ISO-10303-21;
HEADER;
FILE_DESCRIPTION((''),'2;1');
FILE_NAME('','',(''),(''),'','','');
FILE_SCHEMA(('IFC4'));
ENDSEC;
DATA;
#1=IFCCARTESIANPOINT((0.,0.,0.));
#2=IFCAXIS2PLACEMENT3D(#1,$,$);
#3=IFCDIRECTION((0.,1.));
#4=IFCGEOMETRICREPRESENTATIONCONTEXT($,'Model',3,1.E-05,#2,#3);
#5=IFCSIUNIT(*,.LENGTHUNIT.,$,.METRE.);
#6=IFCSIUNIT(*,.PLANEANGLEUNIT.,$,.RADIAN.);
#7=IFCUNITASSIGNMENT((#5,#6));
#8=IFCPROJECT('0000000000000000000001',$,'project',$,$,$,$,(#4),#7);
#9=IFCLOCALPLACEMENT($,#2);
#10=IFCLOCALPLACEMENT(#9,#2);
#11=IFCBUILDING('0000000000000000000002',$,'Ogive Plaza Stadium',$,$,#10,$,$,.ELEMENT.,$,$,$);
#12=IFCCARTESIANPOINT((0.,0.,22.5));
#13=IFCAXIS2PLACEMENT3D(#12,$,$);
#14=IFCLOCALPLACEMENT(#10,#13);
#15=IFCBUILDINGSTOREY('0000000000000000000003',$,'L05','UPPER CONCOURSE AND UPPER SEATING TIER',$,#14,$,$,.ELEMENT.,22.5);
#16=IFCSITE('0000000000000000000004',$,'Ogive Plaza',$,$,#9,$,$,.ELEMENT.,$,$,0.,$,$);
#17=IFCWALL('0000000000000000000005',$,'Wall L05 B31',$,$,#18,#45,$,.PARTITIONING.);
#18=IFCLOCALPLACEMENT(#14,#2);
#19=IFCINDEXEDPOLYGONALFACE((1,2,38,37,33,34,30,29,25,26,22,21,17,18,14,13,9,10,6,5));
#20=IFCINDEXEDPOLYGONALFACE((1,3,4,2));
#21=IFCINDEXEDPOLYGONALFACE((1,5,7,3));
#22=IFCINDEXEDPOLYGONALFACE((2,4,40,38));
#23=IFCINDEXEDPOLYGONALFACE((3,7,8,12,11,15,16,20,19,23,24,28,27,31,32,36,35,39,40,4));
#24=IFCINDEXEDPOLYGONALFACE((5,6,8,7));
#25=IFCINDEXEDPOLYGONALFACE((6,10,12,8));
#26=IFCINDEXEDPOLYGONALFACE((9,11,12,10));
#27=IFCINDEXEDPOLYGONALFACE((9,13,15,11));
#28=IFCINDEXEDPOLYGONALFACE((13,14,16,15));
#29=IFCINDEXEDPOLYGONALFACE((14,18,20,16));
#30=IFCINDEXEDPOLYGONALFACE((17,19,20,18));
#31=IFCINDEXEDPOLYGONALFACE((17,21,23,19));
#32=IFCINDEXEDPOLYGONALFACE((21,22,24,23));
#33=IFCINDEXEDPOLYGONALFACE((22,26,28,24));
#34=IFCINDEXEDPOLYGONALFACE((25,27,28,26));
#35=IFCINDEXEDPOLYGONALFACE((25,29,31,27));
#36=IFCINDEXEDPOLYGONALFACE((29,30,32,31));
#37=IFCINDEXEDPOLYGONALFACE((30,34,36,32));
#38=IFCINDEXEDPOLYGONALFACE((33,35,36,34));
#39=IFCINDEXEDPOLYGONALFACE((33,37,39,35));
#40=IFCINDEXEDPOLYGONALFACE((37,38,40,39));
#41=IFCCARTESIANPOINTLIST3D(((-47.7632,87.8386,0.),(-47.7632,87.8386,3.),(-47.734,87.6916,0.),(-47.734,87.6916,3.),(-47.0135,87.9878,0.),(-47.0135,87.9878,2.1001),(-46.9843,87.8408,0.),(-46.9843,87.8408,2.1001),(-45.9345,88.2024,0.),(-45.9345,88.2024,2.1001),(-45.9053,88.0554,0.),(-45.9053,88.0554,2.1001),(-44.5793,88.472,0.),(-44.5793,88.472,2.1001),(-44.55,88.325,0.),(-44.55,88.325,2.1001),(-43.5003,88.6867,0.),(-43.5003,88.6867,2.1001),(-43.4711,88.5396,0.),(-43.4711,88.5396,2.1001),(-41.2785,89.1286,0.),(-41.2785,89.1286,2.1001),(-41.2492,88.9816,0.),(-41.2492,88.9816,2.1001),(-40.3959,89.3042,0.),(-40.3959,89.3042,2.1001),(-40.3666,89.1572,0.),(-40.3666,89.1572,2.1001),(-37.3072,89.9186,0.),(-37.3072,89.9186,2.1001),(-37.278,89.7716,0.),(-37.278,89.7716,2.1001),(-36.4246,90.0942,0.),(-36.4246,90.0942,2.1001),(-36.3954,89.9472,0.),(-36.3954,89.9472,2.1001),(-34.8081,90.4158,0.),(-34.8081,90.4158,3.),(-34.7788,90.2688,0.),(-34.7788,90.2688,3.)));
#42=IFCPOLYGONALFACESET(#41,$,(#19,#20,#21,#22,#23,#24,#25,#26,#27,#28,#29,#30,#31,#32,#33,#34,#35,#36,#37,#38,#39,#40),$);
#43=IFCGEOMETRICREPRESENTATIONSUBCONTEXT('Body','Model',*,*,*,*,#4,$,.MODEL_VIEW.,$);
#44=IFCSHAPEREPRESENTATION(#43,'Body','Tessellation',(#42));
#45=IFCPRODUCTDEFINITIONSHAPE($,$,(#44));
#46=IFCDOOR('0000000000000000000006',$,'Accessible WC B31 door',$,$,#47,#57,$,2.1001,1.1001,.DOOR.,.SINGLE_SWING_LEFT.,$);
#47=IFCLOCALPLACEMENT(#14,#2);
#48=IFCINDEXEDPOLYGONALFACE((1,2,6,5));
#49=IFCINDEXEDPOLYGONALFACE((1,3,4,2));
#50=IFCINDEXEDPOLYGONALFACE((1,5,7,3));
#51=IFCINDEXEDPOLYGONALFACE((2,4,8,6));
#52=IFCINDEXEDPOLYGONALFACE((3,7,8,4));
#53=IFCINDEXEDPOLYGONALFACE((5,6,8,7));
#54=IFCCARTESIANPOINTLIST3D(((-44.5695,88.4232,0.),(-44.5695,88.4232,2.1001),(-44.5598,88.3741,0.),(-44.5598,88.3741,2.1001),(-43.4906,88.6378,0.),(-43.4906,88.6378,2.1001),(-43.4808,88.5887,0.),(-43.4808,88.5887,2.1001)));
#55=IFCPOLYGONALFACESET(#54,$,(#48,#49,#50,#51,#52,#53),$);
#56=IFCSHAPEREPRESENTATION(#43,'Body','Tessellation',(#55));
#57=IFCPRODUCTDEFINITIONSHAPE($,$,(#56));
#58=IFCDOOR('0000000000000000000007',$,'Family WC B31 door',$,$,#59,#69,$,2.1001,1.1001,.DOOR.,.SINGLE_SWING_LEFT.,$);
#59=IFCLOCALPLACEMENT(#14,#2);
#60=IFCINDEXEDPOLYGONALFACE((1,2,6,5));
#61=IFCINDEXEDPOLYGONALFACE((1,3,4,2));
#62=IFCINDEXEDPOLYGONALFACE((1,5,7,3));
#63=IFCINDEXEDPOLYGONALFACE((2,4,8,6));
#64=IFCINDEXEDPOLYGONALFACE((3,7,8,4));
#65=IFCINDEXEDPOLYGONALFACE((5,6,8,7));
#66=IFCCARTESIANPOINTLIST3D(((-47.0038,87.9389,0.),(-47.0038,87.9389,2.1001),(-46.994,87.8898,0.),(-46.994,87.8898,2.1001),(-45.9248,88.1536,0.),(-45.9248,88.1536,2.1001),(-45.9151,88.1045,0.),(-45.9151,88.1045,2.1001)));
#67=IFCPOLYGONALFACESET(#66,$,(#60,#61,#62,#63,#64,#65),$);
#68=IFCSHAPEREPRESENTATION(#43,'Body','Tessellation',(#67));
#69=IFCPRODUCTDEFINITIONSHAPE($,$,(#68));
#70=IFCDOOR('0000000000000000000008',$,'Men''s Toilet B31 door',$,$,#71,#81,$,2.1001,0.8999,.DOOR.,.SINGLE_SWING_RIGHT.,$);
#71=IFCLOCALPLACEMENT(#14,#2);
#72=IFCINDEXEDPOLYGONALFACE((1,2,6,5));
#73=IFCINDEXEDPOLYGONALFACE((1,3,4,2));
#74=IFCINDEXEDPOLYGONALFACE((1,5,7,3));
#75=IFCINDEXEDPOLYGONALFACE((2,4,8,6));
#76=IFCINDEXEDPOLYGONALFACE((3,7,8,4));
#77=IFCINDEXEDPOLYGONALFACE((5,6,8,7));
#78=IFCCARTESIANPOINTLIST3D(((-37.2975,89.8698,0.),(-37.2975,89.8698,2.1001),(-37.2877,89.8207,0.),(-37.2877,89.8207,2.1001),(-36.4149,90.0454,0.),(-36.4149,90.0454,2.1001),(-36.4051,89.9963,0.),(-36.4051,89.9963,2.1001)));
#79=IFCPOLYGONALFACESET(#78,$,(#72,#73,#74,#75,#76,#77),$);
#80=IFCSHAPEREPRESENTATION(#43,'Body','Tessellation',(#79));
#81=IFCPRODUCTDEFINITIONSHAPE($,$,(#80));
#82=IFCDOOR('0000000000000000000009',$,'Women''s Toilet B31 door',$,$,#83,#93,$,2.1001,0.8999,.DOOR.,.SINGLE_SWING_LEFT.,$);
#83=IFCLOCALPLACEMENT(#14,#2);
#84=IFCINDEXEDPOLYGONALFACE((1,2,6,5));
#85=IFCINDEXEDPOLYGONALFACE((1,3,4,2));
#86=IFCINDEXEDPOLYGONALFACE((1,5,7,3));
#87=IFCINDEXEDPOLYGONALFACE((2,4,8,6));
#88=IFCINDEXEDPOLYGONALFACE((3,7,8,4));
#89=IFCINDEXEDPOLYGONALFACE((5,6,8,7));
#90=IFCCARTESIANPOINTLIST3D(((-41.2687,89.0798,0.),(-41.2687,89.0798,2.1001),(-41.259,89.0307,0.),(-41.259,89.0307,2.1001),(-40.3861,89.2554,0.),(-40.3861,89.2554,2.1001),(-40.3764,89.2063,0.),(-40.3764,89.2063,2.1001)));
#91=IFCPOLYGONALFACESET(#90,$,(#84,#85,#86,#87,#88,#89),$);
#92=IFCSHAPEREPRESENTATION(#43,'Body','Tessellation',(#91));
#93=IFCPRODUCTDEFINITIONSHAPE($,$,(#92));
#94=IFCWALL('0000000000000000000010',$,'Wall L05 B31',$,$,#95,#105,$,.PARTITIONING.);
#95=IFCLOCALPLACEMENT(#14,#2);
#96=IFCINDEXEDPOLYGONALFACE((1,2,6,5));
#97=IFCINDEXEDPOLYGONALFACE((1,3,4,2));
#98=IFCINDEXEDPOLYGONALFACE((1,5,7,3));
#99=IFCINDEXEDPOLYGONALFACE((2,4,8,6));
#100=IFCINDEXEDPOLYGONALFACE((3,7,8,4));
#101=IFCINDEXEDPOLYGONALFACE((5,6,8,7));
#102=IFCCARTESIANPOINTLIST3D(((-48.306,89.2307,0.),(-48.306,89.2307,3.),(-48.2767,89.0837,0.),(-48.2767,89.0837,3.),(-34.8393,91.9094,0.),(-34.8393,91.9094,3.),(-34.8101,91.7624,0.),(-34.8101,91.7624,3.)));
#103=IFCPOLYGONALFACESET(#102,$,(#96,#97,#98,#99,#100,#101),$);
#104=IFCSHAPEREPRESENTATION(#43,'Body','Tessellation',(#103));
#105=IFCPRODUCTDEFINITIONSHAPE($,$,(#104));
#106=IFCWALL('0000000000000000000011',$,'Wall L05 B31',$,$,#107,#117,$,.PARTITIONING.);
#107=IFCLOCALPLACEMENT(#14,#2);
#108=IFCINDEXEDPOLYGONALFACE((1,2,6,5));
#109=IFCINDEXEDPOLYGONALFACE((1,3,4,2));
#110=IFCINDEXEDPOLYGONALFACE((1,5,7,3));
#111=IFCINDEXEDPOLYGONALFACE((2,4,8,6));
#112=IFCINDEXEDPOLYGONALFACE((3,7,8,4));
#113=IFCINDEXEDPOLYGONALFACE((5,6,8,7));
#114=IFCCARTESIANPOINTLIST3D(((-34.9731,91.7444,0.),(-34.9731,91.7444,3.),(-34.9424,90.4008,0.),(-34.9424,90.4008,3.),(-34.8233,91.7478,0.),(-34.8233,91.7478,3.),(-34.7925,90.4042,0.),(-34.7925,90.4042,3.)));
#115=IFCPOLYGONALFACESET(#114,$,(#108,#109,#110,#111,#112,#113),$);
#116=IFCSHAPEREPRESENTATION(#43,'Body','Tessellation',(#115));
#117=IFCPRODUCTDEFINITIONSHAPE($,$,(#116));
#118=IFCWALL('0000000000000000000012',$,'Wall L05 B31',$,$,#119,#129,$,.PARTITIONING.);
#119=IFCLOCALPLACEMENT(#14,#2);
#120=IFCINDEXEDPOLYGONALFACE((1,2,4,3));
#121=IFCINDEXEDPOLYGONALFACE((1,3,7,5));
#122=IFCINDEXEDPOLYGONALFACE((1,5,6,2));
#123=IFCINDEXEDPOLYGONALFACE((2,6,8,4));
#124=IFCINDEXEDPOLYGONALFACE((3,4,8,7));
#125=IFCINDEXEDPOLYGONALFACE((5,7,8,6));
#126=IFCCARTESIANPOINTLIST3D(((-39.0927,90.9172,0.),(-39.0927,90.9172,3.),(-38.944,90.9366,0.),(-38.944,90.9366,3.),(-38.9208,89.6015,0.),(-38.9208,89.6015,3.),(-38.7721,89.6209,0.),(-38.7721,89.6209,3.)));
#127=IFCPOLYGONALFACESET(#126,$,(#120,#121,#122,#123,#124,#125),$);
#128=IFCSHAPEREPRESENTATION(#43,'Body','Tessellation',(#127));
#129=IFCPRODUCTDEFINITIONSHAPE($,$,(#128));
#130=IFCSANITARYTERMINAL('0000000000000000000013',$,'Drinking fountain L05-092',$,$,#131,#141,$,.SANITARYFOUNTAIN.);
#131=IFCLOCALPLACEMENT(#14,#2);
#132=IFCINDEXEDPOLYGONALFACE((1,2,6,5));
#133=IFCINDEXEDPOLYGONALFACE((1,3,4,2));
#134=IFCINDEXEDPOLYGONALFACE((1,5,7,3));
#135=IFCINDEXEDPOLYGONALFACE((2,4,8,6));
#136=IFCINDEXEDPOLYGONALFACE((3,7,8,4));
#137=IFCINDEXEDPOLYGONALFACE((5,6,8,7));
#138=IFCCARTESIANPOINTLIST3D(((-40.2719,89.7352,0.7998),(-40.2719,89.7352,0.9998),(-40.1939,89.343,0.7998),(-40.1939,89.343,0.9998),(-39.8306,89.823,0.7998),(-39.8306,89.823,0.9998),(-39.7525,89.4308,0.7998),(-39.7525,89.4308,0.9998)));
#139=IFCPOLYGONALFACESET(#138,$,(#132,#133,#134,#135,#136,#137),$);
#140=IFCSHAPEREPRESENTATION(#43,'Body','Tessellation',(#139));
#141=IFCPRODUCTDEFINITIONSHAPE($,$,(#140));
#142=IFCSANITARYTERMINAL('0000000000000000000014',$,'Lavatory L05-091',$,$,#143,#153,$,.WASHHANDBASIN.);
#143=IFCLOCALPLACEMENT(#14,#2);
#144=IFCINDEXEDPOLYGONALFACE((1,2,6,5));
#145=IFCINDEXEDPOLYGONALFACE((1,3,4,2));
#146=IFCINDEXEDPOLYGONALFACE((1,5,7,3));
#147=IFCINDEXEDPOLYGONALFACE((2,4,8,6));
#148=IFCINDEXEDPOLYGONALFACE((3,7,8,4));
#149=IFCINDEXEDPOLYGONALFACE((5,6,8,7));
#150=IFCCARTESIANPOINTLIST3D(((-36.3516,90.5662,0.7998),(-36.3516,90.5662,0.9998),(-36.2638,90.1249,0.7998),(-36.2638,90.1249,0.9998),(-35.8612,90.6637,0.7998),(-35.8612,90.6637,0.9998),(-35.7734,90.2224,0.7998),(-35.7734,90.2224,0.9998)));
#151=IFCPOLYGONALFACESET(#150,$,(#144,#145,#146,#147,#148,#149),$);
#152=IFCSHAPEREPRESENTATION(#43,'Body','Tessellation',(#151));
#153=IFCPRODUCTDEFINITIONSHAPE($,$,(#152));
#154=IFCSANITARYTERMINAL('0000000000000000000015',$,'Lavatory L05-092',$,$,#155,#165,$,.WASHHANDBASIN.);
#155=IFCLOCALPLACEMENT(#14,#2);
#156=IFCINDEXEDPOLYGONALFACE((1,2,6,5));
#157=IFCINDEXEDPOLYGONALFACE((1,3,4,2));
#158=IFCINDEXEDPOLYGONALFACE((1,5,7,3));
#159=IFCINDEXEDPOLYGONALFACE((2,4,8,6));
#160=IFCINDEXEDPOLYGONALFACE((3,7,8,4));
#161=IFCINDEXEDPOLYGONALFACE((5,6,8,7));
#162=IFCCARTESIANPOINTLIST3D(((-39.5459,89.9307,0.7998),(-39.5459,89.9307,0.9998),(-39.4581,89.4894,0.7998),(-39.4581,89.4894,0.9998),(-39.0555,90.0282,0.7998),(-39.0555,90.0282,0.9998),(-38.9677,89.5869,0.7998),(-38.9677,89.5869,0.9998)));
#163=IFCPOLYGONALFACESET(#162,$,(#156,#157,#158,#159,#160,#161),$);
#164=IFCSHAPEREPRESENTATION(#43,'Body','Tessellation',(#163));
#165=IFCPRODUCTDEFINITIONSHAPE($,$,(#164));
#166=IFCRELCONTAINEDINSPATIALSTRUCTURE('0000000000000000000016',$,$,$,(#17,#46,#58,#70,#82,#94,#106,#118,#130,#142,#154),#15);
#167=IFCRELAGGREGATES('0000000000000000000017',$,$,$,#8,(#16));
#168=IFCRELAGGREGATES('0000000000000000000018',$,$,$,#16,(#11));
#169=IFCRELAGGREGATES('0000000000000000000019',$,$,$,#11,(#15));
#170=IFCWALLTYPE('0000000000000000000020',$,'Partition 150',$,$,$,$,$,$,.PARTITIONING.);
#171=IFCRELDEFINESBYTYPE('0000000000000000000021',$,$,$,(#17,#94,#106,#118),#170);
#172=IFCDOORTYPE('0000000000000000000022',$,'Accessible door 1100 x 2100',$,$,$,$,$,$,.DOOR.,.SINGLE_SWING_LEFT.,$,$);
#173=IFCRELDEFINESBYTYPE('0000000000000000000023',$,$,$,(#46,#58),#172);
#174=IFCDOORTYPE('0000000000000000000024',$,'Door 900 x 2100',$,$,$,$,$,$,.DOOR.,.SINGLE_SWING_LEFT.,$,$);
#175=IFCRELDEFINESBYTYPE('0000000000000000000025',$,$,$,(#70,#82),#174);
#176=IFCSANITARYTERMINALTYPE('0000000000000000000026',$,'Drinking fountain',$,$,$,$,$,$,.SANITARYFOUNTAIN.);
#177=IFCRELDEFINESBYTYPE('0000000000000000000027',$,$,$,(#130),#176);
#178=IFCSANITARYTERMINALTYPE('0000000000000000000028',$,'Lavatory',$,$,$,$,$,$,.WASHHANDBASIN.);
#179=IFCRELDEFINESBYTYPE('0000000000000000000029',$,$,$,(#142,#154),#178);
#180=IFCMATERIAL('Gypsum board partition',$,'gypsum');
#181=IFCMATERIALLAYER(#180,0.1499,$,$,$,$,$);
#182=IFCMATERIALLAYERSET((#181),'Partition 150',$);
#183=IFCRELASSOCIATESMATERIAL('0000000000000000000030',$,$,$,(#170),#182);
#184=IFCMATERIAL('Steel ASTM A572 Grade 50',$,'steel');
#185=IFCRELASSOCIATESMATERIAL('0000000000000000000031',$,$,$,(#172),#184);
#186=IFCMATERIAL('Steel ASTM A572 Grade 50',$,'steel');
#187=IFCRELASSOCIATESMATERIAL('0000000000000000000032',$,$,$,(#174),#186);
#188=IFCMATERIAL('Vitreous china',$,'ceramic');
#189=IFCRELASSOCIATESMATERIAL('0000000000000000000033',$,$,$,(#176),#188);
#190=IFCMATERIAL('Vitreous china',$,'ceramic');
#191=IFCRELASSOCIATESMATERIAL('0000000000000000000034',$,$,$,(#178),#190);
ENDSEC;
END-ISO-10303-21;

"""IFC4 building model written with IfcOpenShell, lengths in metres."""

from ifc_helpers import new_model, si_unit, direction, frame, frame_2d, origin, origin_2d, place, context, subcontext, project, spatial, rectangle, extrude, material, layer, layer_set, type_object, element, fill, save


model = new_model("IFC4")

# Units and contexts
model_context = context("Model", 3, precision=1e-05, world=origin(), true_north=direction((0.0, 1.0)))
body_context = subcontext(model_context, "Body", "Model", "MODEL_VIEW")
ifc_project = project(units=[si_unit("LENGTHUNIT", "METRE"), si_unit("PLANEANGLEUNIT", "RADIAN")], contexts=[model_context])

# Site, building, storey
site_placement = place(None, origin())
site = spatial("IfcSite", under=ifc_project, at=site_placement, Name="Ogive Plaza", CompositionType="ELEMENT", RefElevation=0.0)
building_placement = place(site_placement, origin())
building = spatial("IfcBuilding", under=site, at=building_placement, Name="Ogive Plaza Stadium", CompositionType="ELEMENT")
storey_placement = place(building_placement, frame((0.0, 0.0, 22.5)))
storey = spatial("IfcBuildingStorey", under=building, at=storey_placement, Name="L05", Description="UPPER CONCOURSE AND UPPER SEATING TIER", CompositionType="ELEMENT", Elevation=22.5)

# Wall, openings, doors
ifc_material_1 = material(Name="Gypsum board partition", Category="gypsum")
ifc_layer_1 = layer(ifc_material_1, 0.1499)
ifc_layer_set_1 = layer_set([ifc_layer_1], Name="Partition 150")
wall_type_1 = type_object("IfcWallType", Name="Partition 150", PredefinedType="PARTITIONING", material=ifc_layer_set_1)
wall_1_placement = place(storey_placement, frame((-34.7935, 90.3423, 0.0), z_axis=(0.0, 0.0, 1.0), x_axis=(-0.980782, -0.195107, 0.0)))
wall_1 = element("IfcWall", 1, at=wall_1_placement, inside=storey, type_object=wall_type_1, Name="Wall L05 B31", PredefinedType="PARTITIONING", context=body_context, shape_type="SweptSolid", body=[
    extrude(rectangle(XDim=13.209, YDim=0.1499, at=frame_2d((6.6045, 0.0))), origin(), (0.0, 0.0, 1.0), 3.0),
])
opening_1_placement = place(wall_1_placement, frame((1.6482, 0.0, 0.0)))
opening_1 = element("IfcOpeningElement", 2, at=opening_1_placement, cuts=wall_1, PredefinedType="OPENING", context=body_context, shape_type="SweptSolid", body=[
    extrude(rectangle(XDim=0.8999, YDim=2.1001, at=frame_2d((0.45, 1.05))), frame((0.0, 0.075, 0.0), z_axis=(0.0, -1.0, 0.0), x_axis=(1.0, 0.0, 0.0)), (0.0, 0.0, 1.0), 0.1499),
])
opening_2_placement = place(wall_1_placement, frame((5.6973, 0.0, 0.0)))
opening_2 = element("IfcOpeningElement", 3, at=opening_2_placement, cuts=wall_1, PredefinedType="OPENING", context=body_context, shape_type="SweptSolid", body=[
    extrude(rectangle(XDim=0.8999, YDim=2.1001, at=frame_2d((0.45, 1.05))), frame((0.0, 0.075, 0.0), z_axis=(0.0, -1.0, 0.0), x_axis=(1.0, 0.0, 0.0)), (0.0, 0.0, 1.0), 0.1499),
])
opening_3_placement = place(wall_1_placement, frame((8.8625, 0.0, 0.0)))
opening_3 = element("IfcOpeningElement", 4, at=opening_3_placement, cuts=wall_1, PredefinedType="OPENING", context=body_context, shape_type="SweptSolid", body=[
    extrude(rectangle(XDim=1.1001, YDim=2.1001, at=frame_2d((0.55, 1.05))), frame((0.0, 0.075, 0.0), z_axis=(0.0, -1.0, 0.0), x_axis=(1.0, 0.0, 0.0)), (0.0, 0.0, 1.0), 0.1499),
])
opening_4_placement = place(wall_1_placement, frame((11.3445, 0.0, 0.0)))
opening_4 = element("IfcOpeningElement", 5, at=opening_4_placement, cuts=wall_1, PredefinedType="OPENING", context=body_context, shape_type="SweptSolid", body=[
    extrude(rectangle(XDim=1.1001, YDim=2.1001, at=frame_2d((0.55, 1.05))), frame((0.0, 0.075, 0.0), z_axis=(0.0, -1.0, 0.0), x_axis=(1.0, 0.0, 0.0)), (0.0, 0.0, 1.0), 0.1499),
])
ifc_material_2 = material(Name="Steel ASTM A572 Grade 50", Category="steel")
door_type_1 = type_object("IfcDoorType", Name="Accessible door 1100 x 2100", OperationType="SINGLE_SWING_LEFT", PredefinedType="DOOR", material=ifc_material_2)
door_1_placement = place(opening_3_placement, origin())
door_1 = element("IfcDoor", 6, at=door_1_placement, inside=storey, type_object=door_type_1, Name="Accessible WC B31 door", OperationType="SINGLE_SWING_LEFT", OverallHeight=2.1001, OverallWidth=1.1001, PredefinedType="DOOR", context=body_context, shape_type="SweptSolid", body=[
    extrude(rectangle(XDim=1.1001, YDim=2.1001, at=frame_2d((0.55, 1.05))), frame((0.0, 0.0249, 0.0), z_axis=(0.0, -1.0, 0.0), x_axis=(1.0, 0.0, 0.0)), (0.0, 0.0, 1.0), 0.05),
])
fill(opening_3, door_1)
door_2_placement = place(opening_4_placement, origin())
door_2 = element("IfcDoor", 7, at=door_2_placement, inside=storey, type_object=door_type_1, Name="Family WC B31 door", OperationType="SINGLE_SWING_LEFT", OverallHeight=2.1001, OverallWidth=1.1001, PredefinedType="DOOR", context=body_context, shape_type="SweptSolid", body=[
    extrude(rectangle(XDim=1.1001, YDim=2.1001, at=frame_2d((0.55, 1.05))), frame((0.0, 0.0249, 0.0), z_axis=(0.0, -1.0, 0.0), x_axis=(1.0, 0.0, 0.0)), (0.0, 0.0, 1.0), 0.05),
])
fill(opening_4, door_2)
ifc_material_3 = material(Name="Steel ASTM A572 Grade 50", Category="steel")
door_type_2 = type_object("IfcDoorType", Name="Door 900 x 2100", OperationType="SINGLE_SWING_LEFT", PredefinedType="DOOR", material=ifc_material_3)
door_3_placement = place(opening_1_placement, origin())
door_3 = element("IfcDoor", 8, at=door_3_placement, inside=storey, type_object=door_type_2, Name="Men's Toilet B31 door", OperationType="SINGLE_SWING_RIGHT", OverallHeight=2.1001, OverallWidth=0.8999, PredefinedType="DOOR", context=body_context, shape_type="SweptSolid", body=[
    extrude(rectangle(XDim=0.8999, YDim=2.1001, at=frame_2d((0.45, 1.05))), frame((0.0, 0.0249, 0.0), z_axis=(0.0, -1.0, 0.0), x_axis=(1.0, 0.0, 0.0)), (0.0, 0.0, 1.0), 0.05),
])
fill(opening_1, door_3)
door_4_placement = place(opening_2_placement, origin())
door_4 = element("IfcDoor", 9, at=door_4_placement, inside=storey, type_object=door_type_2, Name="Women's Toilet B31 door", OperationType="SINGLE_SWING_LEFT", OverallHeight=2.1001, OverallWidth=0.8999, PredefinedType="DOOR", context=body_context, shape_type="SweptSolid", body=[
    extrude(rectangle(XDim=0.8999, YDim=2.1001, at=frame_2d((0.45, 1.05))), frame((0.0, 0.0249, 0.0), z_axis=(0.0, -1.0, 0.0), x_axis=(1.0, 0.0, 0.0)), (0.0, 0.0, 1.0), 0.05),
])
fill(opening_2, door_4)

# Walls
wall_2_placement = place(storey_placement, frame((-34.8247, 91.8359, 0.0), z_axis=(0.0, 0.0, 1.0), x_axis=(-0.980785, -0.195094, 0.0)))
element("IfcWall", 10, at=wall_2_placement, inside=storey, type_object=wall_type_1, Name="Wall L05 B31", PredefinedType="PARTITIONING", context=body_context, shape_type="SweptSolid", body=[
    extrude(rectangle(XDim=13.7305, YDim=0.1499, at=frame_2d((6.8652, 0.0))), origin(), (0.0, 0.0, 1.0), 3.0),
])
wall_3_placement = place(storey_placement, frame((-34.8674, 90.4026, 0.0), z_axis=(0.0, 0.0, 1.0), x_axis=(-0.022886, 0.999738, 0.0)))
element("IfcWall", 11, at=wall_3_placement, inside=storey, type_object=wall_type_1, Name="Wall L05 B31", PredefinedType="PARTITIONING", context=body_context, shape_type="SweptSolid", body=[
    extrude(rectangle(XDim=1.344, YDim=0.1499, at=frame_2d((0.6719, 0.0))), origin(), (0.0, 0.0, 1.0), 3.0),
])
wall_4_placement = place(storey_placement, frame((-38.8464, 89.6111, 0.0), z_axis=(0.0, 0.0, 1.0), x_axis=(-0.129536, 0.991575, 0.0)))
element("IfcWall", 12, at=wall_4_placement, inside=storey, type_object=wall_type_1, Name="Wall L05 B31", PredefinedType="PARTITIONING", context=body_context, shape_type="SweptSolid", body=[
    extrude(rectangle(XDim=1.3269, YDim=0.1499, at=frame_2d((0.6636, 0.0))), origin(), (0.0, 0.0, 1.0), 3.0),
])

# Sanitary terminals
ifc_material_4 = material(Name="Vitreous china", Category="ceramic")
sanitary_terminal_type_1 = type_object("IfcSanitaryTerminalType", Name="Drinking fountain", PredefinedType="SANITARYFOUNTAIN", material=ifc_material_4)
sanitary_terminal_placement = place(storey_placement, frame((-40.0122, 89.583, 0.7998), z_axis=(0.0, 0.0, 1.0), x_axis=(-0.980785, -0.19509, 0.0)))
element("IfcSanitaryTerminal", 13, at=sanitary_terminal_placement, inside=storey, type_object=sanitary_terminal_type_1, Name="Drinking fountain L05-092", PredefinedType="SANITARYFOUNTAIN", context=body_context, shape_type="SweptSolid", body=[
    extrude(rectangle(XDim=0.45, YDim=0.3999, at=origin_2d()), origin(), (0.0, 0.0, 1.0), 0.2),
])
ifc_material_5 = material(Name="Vitreous china", Category="ceramic")
sanitary_terminal_type_2 = type_object("IfcSanitaryTerminalType", Name="Lavatory", PredefinedType="WASHHANDBASIN", material=ifc_material_5)
for number, where, z_axis, x_axis, name in (
    (14, (-36.0625, 90.3943, 0.7998), (0.0, 0.0, 1.0), (-0.980785, -0.19509, 0.0), "Lavatory L05-091"),
    (15, (-39.2568, 89.7588, 0.7998), (0.0, 0.0, 1.0), (-0.980785, -0.19509, 0.0), "Lavatory L05-092"),
):
    element("IfcSanitaryTerminal", number, at=place(storey_placement, frame(where, z_axis=z_axis, x_axis=x_axis)), inside=storey, type_object=sanitary_terminal_type_2, Name=name, PredefinedType="WASHHANDBASIN", context=body_context, shape_type="SweptSolid", body=[
        extrude(rectangle(XDim=0.5, YDim=0.45, at=origin_2d()), origin(), (0.0, 0.0, 1.0), 0.2),
    ])

save(model, "model.ifc")
